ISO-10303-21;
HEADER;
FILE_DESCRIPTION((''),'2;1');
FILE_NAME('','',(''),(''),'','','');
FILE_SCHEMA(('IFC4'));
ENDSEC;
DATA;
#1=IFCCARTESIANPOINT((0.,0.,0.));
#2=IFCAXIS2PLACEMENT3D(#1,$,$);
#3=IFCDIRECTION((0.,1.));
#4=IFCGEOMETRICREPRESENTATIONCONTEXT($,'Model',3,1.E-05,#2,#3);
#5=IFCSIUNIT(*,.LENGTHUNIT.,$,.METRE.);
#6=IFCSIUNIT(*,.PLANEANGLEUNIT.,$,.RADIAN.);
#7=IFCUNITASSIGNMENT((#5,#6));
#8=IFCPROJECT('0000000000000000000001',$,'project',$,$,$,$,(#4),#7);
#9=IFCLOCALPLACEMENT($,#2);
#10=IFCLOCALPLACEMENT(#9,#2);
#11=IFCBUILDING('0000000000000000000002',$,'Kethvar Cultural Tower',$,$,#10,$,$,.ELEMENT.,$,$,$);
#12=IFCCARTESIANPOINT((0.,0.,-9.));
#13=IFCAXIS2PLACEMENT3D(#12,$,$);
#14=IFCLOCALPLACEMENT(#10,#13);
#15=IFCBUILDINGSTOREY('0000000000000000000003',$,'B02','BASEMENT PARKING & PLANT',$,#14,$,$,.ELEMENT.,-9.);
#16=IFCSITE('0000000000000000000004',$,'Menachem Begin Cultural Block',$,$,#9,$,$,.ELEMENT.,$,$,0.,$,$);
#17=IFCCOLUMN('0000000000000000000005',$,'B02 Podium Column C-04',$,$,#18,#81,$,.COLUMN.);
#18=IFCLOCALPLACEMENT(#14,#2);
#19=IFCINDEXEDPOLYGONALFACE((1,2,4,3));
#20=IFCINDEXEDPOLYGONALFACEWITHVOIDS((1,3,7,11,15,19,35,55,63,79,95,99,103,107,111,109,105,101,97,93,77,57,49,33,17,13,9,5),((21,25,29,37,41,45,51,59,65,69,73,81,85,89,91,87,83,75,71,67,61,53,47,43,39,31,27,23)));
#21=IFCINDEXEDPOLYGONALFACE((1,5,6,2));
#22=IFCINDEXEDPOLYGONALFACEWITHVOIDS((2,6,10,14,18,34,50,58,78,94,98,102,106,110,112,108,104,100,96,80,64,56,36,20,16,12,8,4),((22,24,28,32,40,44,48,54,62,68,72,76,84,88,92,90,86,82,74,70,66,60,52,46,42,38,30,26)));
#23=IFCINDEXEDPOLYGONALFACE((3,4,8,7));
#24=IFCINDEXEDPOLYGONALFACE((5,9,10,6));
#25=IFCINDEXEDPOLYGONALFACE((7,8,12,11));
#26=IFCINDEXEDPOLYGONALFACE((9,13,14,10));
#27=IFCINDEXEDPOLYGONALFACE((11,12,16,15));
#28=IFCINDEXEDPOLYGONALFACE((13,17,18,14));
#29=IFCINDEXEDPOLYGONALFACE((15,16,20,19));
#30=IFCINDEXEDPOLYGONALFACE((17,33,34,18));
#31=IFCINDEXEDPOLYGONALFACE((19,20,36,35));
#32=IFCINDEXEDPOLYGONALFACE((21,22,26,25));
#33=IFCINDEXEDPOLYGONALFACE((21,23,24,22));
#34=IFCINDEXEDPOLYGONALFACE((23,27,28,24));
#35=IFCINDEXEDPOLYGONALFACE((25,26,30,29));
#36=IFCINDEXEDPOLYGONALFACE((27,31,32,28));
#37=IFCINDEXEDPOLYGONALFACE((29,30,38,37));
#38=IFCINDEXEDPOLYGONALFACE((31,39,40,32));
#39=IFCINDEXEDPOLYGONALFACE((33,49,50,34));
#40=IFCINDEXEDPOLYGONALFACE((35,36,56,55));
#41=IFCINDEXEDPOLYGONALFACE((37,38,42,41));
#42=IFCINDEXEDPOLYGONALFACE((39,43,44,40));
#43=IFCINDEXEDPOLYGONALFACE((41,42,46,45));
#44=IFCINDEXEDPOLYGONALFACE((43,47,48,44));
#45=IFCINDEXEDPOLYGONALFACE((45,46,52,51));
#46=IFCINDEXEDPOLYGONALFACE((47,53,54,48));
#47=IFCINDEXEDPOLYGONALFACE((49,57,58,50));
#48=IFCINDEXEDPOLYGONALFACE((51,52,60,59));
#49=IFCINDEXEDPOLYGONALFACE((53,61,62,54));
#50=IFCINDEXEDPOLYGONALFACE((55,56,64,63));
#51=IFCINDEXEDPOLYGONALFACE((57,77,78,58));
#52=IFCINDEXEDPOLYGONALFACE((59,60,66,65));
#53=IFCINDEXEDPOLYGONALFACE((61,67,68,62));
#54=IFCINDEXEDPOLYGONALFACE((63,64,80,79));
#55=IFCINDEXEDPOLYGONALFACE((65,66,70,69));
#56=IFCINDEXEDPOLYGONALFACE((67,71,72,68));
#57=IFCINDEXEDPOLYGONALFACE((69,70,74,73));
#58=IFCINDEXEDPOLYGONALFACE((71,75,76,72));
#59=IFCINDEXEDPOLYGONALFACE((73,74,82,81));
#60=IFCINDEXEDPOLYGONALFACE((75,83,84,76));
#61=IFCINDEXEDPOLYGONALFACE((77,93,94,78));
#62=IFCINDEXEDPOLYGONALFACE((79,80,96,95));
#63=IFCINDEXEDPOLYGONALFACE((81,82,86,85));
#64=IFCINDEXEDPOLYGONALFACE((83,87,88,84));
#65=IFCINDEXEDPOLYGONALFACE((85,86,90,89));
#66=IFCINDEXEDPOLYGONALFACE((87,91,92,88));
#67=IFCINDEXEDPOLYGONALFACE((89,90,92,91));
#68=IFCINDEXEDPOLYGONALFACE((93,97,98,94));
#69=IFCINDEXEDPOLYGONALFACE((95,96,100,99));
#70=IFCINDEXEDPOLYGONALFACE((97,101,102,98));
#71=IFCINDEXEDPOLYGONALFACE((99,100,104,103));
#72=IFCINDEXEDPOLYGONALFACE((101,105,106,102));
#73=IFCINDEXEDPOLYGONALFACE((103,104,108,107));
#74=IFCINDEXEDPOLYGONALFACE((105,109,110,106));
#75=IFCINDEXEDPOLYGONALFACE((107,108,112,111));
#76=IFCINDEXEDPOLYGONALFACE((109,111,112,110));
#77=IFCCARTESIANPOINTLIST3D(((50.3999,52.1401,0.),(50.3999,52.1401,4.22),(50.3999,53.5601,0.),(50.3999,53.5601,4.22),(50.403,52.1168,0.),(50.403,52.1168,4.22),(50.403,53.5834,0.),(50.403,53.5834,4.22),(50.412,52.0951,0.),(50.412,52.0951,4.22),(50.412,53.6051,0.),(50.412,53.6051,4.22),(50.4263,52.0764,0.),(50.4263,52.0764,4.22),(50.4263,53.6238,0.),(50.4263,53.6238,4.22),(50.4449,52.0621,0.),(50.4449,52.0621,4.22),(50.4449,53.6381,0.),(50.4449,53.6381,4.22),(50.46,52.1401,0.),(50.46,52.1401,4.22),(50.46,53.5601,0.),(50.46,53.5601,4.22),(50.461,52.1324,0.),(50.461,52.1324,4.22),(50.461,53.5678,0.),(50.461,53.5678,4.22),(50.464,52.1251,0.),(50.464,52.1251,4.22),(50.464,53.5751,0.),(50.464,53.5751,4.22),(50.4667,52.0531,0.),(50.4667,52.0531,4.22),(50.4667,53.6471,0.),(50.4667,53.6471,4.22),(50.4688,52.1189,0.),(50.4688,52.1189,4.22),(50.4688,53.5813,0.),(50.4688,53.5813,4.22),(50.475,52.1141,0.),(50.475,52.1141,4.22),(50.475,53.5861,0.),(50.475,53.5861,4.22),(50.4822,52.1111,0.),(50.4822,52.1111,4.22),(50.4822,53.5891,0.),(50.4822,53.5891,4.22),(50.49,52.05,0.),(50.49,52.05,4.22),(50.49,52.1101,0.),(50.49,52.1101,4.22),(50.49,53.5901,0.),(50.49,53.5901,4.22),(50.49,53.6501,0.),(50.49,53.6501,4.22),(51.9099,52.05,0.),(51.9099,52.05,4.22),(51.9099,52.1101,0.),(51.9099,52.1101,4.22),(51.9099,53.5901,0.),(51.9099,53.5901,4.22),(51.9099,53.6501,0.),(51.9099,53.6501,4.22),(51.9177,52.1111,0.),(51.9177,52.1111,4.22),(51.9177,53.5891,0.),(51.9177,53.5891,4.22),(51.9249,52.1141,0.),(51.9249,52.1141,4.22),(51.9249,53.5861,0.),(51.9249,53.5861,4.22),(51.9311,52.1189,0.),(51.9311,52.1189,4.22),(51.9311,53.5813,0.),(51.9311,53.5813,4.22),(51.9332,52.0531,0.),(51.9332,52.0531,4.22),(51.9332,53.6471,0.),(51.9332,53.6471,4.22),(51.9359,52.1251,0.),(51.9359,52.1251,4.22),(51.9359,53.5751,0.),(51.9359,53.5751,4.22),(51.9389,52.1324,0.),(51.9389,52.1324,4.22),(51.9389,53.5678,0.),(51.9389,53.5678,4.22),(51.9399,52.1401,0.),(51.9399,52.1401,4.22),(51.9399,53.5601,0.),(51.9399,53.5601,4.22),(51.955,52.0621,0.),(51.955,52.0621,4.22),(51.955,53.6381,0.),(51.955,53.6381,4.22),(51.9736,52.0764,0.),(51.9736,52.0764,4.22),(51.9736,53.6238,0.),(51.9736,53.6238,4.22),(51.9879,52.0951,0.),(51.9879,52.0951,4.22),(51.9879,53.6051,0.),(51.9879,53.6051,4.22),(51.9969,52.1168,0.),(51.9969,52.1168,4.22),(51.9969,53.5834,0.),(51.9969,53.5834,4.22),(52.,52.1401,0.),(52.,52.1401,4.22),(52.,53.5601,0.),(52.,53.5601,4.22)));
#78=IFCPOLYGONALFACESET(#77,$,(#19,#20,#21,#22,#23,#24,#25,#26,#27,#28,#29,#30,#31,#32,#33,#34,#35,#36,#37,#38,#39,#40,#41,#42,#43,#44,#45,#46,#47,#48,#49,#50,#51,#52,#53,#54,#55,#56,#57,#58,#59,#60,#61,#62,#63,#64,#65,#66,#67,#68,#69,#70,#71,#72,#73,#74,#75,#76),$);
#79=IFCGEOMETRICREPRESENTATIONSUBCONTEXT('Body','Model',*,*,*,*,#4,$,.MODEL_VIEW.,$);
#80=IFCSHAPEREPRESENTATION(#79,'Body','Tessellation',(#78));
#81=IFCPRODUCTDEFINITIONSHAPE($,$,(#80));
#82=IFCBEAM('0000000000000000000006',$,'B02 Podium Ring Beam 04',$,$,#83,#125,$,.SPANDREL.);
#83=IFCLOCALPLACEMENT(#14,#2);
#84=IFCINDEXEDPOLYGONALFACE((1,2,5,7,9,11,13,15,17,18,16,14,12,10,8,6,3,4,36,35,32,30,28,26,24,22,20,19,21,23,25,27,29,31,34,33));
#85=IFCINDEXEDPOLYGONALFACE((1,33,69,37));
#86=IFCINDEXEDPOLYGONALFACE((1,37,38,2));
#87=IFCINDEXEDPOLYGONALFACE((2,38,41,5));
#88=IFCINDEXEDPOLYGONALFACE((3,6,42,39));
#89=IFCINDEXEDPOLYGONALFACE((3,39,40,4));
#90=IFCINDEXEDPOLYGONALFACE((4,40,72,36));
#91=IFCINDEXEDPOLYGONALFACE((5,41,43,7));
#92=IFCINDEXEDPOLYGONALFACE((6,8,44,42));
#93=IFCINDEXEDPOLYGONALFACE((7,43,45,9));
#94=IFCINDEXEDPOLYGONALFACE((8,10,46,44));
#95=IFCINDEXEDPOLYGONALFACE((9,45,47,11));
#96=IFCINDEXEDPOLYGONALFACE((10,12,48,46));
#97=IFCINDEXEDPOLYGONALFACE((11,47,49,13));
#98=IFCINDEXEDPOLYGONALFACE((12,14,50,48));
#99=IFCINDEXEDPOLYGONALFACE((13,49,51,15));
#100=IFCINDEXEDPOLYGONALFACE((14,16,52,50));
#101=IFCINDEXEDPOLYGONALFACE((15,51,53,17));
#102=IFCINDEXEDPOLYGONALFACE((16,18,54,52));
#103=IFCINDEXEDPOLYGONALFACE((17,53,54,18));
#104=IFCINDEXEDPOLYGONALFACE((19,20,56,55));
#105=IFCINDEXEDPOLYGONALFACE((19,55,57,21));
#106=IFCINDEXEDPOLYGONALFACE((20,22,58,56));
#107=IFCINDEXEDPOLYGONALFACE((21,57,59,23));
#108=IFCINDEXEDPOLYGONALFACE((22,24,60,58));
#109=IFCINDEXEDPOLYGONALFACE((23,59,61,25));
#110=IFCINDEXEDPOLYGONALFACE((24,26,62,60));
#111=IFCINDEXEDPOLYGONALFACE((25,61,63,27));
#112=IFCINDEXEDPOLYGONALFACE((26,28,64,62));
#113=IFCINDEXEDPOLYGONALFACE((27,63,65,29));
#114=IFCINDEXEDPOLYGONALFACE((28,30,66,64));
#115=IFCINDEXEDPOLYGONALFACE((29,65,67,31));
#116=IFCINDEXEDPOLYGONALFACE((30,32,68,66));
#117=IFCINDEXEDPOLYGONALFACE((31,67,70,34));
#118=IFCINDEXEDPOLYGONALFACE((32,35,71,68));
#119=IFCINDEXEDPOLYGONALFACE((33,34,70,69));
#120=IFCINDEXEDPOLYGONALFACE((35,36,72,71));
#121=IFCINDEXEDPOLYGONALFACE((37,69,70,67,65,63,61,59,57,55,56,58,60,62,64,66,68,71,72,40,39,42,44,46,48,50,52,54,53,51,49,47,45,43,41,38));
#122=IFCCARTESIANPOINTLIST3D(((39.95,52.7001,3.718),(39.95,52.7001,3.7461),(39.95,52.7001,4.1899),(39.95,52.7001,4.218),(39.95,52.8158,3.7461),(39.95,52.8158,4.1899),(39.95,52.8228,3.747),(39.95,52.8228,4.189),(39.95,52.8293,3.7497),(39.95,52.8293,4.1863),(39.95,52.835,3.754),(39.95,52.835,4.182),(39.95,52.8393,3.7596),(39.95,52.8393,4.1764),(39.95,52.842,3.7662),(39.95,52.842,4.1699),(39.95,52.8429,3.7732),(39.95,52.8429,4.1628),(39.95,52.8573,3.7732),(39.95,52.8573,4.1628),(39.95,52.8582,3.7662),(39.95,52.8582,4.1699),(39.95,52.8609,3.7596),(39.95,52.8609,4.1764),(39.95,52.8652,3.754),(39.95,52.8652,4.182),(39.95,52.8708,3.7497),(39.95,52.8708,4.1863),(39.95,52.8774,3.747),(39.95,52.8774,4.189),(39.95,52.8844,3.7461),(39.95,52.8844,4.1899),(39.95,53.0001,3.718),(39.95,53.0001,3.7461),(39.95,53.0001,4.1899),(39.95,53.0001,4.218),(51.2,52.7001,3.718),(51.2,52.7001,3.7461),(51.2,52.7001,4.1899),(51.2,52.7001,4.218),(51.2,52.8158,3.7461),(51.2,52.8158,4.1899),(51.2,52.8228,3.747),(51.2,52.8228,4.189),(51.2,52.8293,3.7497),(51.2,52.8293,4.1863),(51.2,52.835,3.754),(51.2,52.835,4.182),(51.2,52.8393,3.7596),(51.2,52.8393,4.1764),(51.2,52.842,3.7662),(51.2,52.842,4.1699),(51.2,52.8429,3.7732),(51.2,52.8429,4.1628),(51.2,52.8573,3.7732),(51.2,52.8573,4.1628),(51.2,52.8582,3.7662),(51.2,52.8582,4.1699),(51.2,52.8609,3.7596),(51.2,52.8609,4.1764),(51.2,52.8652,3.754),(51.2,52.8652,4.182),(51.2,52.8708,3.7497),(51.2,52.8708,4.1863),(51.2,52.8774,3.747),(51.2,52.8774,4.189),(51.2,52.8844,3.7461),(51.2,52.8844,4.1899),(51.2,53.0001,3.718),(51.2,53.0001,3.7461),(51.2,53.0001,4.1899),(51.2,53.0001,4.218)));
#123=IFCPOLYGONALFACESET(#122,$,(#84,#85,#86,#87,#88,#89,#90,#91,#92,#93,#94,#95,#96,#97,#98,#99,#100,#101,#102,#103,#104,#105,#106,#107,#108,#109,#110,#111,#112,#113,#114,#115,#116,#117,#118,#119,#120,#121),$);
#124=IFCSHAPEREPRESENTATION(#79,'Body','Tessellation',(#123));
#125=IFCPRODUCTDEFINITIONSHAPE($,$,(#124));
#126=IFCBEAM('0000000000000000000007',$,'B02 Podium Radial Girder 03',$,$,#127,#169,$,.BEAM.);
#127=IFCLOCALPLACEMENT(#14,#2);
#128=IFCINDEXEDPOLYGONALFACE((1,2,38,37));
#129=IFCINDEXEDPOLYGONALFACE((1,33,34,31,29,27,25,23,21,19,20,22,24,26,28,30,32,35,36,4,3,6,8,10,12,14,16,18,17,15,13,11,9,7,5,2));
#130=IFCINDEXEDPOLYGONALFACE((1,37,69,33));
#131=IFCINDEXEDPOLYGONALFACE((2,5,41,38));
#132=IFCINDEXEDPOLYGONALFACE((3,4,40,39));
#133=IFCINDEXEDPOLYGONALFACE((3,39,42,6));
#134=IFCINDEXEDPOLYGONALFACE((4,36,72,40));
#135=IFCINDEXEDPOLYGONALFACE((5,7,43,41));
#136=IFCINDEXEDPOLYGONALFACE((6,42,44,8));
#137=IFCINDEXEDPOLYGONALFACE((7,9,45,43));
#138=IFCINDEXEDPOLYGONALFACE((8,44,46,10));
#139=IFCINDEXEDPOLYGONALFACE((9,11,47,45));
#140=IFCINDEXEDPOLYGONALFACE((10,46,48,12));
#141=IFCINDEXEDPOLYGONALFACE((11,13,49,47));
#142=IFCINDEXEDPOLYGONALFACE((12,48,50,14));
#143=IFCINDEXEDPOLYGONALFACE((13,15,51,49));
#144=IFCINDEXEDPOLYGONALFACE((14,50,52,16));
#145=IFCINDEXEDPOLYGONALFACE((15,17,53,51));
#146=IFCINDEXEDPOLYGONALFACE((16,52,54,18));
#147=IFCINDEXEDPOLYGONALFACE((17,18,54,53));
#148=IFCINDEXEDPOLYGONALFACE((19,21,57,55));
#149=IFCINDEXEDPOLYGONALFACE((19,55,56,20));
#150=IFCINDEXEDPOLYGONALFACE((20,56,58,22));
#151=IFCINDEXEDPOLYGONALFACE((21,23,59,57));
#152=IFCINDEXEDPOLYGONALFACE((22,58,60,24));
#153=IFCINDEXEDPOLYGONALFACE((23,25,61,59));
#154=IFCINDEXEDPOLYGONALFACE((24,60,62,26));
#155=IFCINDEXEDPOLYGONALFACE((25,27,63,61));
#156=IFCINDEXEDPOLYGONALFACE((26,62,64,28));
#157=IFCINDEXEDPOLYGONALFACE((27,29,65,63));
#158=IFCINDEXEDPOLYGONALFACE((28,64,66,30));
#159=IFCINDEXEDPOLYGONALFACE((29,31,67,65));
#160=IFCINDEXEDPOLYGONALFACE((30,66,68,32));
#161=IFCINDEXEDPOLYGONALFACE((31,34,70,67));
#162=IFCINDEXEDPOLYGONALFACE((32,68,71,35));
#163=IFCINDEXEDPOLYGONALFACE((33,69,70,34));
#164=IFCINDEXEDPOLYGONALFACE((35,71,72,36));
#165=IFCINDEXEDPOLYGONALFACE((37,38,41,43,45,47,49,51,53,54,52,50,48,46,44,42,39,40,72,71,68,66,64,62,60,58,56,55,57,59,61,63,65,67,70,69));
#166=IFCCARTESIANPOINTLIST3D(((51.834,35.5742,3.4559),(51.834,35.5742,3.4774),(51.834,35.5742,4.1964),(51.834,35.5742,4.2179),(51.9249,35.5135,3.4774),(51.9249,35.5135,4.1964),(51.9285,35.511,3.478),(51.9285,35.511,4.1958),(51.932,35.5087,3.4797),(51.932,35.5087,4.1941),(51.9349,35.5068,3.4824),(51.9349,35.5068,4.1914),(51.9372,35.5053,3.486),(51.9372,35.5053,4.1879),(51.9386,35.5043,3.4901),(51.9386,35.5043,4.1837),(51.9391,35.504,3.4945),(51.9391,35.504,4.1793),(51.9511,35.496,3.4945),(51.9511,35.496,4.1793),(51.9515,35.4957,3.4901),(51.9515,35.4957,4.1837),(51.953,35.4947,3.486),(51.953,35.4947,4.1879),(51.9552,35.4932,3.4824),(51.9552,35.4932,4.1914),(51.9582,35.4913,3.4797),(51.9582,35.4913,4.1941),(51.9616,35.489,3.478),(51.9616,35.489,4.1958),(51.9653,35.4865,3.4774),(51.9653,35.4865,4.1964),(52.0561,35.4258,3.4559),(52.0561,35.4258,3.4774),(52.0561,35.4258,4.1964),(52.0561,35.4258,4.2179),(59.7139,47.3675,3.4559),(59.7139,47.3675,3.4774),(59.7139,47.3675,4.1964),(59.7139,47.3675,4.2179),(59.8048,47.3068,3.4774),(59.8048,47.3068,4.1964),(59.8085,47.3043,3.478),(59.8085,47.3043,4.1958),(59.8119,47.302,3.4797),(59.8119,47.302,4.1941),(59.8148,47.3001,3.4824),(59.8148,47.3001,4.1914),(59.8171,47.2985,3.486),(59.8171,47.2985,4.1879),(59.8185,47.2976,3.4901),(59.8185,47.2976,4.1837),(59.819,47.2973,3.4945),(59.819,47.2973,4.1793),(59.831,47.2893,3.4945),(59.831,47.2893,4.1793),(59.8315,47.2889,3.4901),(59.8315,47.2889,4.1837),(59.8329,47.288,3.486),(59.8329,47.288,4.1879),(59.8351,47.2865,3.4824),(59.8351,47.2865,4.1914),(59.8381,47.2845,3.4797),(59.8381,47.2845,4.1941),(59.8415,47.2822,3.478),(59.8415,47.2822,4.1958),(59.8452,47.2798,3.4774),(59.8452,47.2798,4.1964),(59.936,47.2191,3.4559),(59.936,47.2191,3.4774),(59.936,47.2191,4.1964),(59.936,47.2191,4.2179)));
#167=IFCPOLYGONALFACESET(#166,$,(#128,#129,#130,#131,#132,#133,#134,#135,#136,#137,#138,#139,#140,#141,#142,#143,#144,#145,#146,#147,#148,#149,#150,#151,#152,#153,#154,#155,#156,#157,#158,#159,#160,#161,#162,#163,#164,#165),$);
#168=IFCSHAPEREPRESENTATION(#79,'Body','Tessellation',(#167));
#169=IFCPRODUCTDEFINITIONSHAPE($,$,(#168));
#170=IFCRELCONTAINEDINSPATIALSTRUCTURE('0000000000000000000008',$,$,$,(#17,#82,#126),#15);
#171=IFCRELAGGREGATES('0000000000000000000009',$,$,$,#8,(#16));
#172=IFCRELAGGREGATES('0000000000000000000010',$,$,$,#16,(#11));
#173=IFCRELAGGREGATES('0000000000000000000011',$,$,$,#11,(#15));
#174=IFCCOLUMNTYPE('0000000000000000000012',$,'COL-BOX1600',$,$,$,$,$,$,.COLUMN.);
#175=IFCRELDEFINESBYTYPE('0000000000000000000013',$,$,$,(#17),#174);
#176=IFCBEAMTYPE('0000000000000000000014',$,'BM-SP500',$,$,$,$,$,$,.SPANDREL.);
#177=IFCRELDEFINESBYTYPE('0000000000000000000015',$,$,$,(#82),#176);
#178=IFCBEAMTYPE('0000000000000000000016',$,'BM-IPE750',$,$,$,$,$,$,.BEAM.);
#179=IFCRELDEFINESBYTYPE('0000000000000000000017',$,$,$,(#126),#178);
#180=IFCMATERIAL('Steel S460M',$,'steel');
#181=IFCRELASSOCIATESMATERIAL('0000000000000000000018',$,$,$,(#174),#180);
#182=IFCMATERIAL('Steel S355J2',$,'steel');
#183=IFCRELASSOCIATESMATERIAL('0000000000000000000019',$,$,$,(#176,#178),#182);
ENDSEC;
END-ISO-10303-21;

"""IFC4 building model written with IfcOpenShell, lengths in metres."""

from ifc_helpers import new_model, si_unit, direction, frame, origin, origin_2d, place, context, subcontext, project, spatial, hollow_rectangle, i_section, extrude, source, transform, mapped, material, material_profile, profile_set, type_object, element, save


model = new_model("IFC4")

# Units and contexts
model_context = context("Model", 3, precision=1e-05, world=origin(), true_north=direction((0.0, 1.0)))
body_context = subcontext(model_context, "Body", "Model", "MODEL_VIEW")
ifc_project = project(units=[si_unit("LENGTHUNIT", "METRE"), si_unit("PLANEANGLEUNIT", "RADIAN")], contexts=[model_context])

# Site, building, storey
site_placement = place(None, origin())
site = spatial("IfcSite", under=ifc_project, at=site_placement, Name="Menachem Begin Cultural Block", CompositionType="ELEMENT", RefElevation=0.0)
building_placement = place(site_placement, origin())
building = spatial("IfcBuilding", under=site, at=building_placement, Name="Kethvar Cultural Tower", CompositionType="ELEMENT")
storey_placement = place(building_placement, frame((0.0, 0.0, -9.0)))
storey = spatial("IfcBuildingStorey", under=building, at=storey_placement, Name="B02", Description="BASEMENT PARKING & PLANT", CompositionType="ELEMENT", Elevation=-9.0)

# Column
ifc_material_1 = material(Name="Steel S460M", Category="steel")
ifc_material_profile_1 = material_profile(ifc_material_1, hollow_rectangle(XDim=1.6001, YDim=1.6001, WallThickness=0.0601, InnerFilletRadius=0.03, OuterFilletRadius=0.0901, at=origin_2d()), Name="Steel S460M — BOX1600x1600x60")
ifc_profile_set_1 = profile_set([ifc_material_profile_1], Name="Steel S460M — BOX1600x1600x60")
column_type = type_object("IfcColumnType", Name="COL-BOX1600", PredefinedType="COLUMN", material=ifc_profile_set_1)
shared_shape_1 = source(origin(), body_context, "Body", "SweptSolid", [
    extrude(hollow_rectangle(XDim=1.6001, YDim=1.6001, WallThickness=0.0601, InnerFilletRadius=0.03, OuterFilletRadius=0.0901, at=origin_2d()), origin(), (0.0, 0.0, 1.0), 4.22),
])
column_placement = place(storey_placement, frame((51.2, 52.8501, 0.0), z_axis=(0.0, 0.0, 1.0), x_axis=(1.0, 0.0, 0.0)))
element("IfcColumn", 1, at=column_placement, inside=storey, type_object=column_type, Name="B02 Podium Column C-04", PredefinedType="COLUMN", context=body_context, shape_type="MappedRepresentation", body=[
    mapped(shared_shape_1, transform((0.0, 0.0, 0.0), scale=1.0)),
])

# Beams
ifc_material_2 = material(Name="Steel S355J2", Category="steel")
ifc_material_profile_2 = material_profile(ifc_material_2, i_section(OverallWidth=0.3, OverallDepth=0.5, WebThickness=0.0144, FlangeThickness=0.0281, FilletRadius=0.0271, at=origin_2d()), Name="Steel S355J2 — HEB500")
ifc_profile_set_2 = profile_set([ifc_material_profile_2], Name="Steel S355J2 — HEB500")
beam_type_1 = type_object("IfcBeamType", Name="BM-SP500", PredefinedType="SPANDREL", material=ifc_profile_set_2)
shared_shape_2 = source(origin(), body_context, "Body", "SweptSolid", [
    extrude(i_section(OverallWidth=0.3, OverallDepth=0.5, WebThickness=0.0144, FlangeThickness=0.0281, FilletRadius=0.0271, at=origin_2d()), origin(), (0.0, 0.0, 1.0), 11.25),
])
beam_1_placement = place(storey_placement, frame((51.2, 52.8501, 3.968), z_axis=(-1.0, 0.0, 0.0), x_axis=(0.0, -1.0, 0.0)))
element("IfcBeam", 2, at=beam_1_placement, inside=storey, type_object=beam_type_1, Name="B02 Podium Ring Beam 04", PredefinedType="SPANDREL", context=body_context, shape_type="MappedRepresentation", body=[
    mapped(shared_shape_2, transform((0.0, 0.0, 0.0), scale=1.0)),
])
ifc_material_profile_3 = material_profile(ifc_material_2, i_section(OverallWidth=0.2671, OverallDepth=0.762, WebThickness=0.0144, FlangeThickness=0.0215, FilletRadius=0.0171, at=origin_2d()), Name="Steel S355J2 — IPE750x173")
ifc_profile_set_3 = profile_set([ifc_material_profile_3], Name="Steel S355J2 — IPE750x173")
beam_type_2 = type_object("IfcBeamType", Name="BM-IPE750", PredefinedType="BEAM", material=ifc_profile_set_3)
shared_shape_3 = source(origin(), body_context, "Body", "SweptSolid", [
    extrude(i_section(OverallWidth=0.2671, OverallDepth=0.762, WebThickness=0.0144, FlangeThickness=0.0215, FilletRadius=0.0171, at=origin_2d()), origin(), (0.0, 0.0, 1.0), 14.1836),
])
beam_2_placement = place(storey_placement, frame((51.9451, 35.5, 3.8369), z_axis=(0.555566, 0.831473, 0.0), x_axis=(-0.831473, 0.555566, 0.0)))
element("IfcBeam", 3, at=beam_2_placement, inside=storey, type_object=beam_type_2, Name="B02 Podium Radial Girder 03", PredefinedType="BEAM", context=body_context, shape_type="MappedRepresentation", body=[
    mapped(shared_shape_3, transform((0.0, 0.0, 0.0), scale=1.0)),
])

save(model, "model.ifc")
